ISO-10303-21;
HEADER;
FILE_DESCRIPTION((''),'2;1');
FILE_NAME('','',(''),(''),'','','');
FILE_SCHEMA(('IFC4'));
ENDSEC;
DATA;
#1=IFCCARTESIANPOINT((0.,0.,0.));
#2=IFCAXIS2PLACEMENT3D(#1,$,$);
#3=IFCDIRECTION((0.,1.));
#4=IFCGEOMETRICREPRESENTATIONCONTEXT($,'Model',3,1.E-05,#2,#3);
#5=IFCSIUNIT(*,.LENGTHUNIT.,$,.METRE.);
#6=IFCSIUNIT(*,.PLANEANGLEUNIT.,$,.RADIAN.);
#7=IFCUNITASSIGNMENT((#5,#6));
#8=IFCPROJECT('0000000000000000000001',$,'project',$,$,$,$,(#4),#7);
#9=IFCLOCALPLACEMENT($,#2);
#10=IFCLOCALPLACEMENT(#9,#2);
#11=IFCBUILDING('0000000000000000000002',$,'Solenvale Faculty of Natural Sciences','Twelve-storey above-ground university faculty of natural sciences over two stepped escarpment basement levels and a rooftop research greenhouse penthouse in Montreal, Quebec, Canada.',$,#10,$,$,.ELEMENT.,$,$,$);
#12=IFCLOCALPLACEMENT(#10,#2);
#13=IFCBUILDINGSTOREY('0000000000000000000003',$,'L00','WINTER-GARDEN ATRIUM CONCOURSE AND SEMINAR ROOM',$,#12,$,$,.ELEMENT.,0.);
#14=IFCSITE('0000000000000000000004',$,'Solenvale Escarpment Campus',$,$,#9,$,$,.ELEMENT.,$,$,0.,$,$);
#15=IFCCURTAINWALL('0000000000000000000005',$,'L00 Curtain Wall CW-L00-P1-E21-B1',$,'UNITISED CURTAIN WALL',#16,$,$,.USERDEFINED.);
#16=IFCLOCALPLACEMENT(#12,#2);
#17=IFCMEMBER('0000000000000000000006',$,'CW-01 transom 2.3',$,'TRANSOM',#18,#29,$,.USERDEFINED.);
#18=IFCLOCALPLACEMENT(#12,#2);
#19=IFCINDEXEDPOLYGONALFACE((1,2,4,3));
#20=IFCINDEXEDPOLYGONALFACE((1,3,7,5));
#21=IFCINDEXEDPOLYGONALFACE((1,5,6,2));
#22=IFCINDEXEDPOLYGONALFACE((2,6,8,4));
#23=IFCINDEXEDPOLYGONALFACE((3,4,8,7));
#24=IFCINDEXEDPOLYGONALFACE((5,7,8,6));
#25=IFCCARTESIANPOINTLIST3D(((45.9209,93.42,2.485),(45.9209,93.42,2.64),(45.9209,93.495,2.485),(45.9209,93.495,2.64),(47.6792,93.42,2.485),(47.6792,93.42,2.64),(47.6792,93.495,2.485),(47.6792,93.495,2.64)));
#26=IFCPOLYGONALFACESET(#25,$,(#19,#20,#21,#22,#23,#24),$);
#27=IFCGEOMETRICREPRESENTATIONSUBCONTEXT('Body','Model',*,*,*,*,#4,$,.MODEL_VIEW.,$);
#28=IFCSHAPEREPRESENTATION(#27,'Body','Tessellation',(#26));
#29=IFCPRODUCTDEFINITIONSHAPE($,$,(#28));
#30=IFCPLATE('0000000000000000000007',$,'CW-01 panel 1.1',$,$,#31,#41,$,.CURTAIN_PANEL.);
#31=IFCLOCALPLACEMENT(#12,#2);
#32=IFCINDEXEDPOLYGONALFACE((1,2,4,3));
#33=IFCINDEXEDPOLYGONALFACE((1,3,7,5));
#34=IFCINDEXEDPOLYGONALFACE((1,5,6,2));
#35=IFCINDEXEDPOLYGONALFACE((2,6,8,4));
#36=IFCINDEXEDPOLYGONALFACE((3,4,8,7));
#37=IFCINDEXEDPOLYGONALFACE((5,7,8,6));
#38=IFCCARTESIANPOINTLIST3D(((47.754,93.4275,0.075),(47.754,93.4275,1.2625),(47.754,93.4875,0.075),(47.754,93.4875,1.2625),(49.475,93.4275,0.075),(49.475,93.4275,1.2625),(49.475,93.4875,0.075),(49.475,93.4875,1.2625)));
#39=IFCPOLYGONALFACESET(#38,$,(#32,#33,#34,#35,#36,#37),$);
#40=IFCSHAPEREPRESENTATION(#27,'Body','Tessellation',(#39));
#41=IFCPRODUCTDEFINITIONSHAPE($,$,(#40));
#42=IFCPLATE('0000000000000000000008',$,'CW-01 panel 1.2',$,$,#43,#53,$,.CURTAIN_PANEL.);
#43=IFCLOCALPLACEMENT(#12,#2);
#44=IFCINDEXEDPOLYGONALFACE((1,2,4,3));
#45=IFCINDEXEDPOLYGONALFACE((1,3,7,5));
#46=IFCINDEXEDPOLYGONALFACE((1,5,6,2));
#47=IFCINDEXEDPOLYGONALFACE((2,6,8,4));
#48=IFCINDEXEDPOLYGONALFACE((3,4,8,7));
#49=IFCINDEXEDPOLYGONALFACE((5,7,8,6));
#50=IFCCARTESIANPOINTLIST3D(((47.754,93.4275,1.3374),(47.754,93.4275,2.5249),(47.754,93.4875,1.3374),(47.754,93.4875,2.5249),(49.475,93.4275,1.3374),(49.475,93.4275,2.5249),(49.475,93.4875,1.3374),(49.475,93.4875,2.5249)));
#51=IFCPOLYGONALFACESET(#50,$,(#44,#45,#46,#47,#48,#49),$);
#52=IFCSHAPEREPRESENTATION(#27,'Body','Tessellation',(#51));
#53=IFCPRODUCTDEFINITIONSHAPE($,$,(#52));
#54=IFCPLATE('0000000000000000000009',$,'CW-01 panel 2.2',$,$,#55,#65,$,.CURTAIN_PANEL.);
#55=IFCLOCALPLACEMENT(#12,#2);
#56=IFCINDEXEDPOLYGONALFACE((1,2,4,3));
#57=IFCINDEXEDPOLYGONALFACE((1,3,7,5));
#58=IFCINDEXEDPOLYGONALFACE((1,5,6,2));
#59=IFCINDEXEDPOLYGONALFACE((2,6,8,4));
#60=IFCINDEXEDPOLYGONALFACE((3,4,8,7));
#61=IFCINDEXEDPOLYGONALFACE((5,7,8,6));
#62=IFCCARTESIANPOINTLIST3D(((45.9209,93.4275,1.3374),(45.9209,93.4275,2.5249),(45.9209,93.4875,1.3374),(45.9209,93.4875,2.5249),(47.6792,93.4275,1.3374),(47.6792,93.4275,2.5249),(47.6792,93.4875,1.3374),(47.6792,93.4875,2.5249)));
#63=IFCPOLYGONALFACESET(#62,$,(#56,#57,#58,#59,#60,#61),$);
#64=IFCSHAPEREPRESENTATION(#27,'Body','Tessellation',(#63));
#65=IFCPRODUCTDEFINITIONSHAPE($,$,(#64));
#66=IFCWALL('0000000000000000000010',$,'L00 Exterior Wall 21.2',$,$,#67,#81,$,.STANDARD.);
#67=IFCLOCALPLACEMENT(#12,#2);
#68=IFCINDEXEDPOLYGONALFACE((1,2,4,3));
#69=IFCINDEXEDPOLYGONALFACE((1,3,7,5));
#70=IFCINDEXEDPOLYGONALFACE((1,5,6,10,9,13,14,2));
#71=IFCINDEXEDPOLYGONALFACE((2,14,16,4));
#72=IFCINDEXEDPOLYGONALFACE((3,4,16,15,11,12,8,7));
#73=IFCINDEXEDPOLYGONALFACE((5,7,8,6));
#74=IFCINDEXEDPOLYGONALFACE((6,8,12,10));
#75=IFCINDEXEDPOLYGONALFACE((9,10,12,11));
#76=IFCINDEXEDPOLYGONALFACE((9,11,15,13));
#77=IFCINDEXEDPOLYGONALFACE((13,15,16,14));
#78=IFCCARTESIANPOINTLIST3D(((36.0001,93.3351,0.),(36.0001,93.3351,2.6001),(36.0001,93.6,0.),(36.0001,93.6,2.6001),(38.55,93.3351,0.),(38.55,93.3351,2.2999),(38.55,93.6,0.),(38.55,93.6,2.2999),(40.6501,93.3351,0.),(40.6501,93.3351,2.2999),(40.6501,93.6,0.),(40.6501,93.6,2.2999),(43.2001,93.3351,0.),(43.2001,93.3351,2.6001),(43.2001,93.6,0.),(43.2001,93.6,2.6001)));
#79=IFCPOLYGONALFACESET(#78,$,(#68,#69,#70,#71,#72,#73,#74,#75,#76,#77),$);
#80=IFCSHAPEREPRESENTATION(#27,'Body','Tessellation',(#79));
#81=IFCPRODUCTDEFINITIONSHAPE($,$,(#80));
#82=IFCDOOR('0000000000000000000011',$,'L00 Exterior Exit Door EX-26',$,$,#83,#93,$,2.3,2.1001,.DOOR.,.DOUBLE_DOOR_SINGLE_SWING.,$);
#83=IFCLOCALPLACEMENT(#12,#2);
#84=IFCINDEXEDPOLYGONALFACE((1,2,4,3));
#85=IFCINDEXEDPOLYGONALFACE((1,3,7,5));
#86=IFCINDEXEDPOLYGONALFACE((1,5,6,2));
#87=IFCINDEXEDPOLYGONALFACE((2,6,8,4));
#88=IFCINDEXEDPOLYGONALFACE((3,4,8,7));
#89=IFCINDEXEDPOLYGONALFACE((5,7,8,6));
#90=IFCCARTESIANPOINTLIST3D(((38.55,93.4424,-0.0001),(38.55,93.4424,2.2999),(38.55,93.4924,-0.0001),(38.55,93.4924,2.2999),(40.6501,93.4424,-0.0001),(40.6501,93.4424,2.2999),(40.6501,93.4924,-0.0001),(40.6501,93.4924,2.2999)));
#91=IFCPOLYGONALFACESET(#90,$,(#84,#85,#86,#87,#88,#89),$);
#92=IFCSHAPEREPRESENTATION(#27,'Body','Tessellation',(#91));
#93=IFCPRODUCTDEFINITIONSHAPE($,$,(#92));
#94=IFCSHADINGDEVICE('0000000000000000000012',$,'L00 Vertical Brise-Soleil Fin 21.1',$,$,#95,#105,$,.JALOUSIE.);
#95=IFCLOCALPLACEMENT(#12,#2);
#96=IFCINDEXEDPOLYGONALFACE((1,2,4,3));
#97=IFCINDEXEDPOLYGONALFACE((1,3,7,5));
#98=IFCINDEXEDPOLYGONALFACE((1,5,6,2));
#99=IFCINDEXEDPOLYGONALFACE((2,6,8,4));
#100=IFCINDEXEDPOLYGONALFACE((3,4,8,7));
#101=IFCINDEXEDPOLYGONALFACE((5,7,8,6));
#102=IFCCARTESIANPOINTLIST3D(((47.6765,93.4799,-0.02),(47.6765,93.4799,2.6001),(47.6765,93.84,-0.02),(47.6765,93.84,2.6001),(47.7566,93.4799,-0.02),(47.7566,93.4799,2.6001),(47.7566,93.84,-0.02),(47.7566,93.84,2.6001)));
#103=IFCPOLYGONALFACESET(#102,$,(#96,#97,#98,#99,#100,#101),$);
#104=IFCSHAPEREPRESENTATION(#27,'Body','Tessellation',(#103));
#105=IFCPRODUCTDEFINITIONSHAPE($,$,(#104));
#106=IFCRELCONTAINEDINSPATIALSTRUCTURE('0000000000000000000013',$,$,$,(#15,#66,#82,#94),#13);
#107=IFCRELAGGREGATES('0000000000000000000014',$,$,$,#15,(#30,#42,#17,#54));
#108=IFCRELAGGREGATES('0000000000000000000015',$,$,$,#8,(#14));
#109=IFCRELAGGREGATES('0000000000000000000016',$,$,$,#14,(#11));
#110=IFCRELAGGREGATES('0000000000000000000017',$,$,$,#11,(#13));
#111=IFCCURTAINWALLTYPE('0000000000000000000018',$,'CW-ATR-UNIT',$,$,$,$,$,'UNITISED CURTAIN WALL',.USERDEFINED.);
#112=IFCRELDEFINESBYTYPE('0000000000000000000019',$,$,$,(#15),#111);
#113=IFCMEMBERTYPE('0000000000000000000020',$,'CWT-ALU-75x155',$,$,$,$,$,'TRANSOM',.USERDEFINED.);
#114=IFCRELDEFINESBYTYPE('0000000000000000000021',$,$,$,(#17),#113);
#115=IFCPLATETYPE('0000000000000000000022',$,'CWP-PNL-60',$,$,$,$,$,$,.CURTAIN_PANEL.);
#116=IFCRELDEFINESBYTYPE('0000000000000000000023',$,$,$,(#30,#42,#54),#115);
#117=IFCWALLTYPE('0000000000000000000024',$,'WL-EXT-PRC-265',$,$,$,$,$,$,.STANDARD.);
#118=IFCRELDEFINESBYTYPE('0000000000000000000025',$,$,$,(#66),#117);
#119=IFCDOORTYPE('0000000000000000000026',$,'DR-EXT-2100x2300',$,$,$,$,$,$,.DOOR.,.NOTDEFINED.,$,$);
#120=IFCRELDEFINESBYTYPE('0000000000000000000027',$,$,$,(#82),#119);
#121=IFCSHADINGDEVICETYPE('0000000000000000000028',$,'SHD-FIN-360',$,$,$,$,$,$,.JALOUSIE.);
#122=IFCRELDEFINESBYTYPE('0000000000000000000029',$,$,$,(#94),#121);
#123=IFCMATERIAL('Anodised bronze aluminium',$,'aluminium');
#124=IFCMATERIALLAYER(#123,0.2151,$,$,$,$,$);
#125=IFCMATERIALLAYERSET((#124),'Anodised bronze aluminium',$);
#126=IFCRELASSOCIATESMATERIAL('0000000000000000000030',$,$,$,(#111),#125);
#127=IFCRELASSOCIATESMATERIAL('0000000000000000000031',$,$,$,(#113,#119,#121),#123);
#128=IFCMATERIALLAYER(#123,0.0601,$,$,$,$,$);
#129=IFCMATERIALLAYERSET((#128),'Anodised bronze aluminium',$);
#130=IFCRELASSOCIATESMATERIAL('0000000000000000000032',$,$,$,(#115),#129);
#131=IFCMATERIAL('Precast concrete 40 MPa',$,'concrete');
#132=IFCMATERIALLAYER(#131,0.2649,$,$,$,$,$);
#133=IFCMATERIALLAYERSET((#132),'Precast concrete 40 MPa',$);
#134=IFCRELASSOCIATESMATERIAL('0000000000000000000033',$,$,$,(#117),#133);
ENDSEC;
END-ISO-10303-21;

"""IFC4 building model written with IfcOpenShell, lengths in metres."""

from ifc_helpers import new_model, si_unit, direction, frame, frame_2d, origin, origin_2d, place, context, subcontext, project, spatial, rectangle, extrude, material, layer, layer_set, material_profile, profile_set, type_object, element, fill, aggregate, save


model = new_model("IFC4")

# Units and contexts
model_context = context("Model", 3, precision=1e-05, world=origin(), true_north=direction((0.0, 1.0)))
body_context = subcontext(model_context, "Body", "Model", "MODEL_VIEW")
ifc_project = project(units=[si_unit("LENGTHUNIT", "METRE"), si_unit("PLANEANGLEUNIT", "RADIAN")], contexts=[model_context])

# Site, building, storey
site_placement = place(None, origin())
site = spatial("IfcSite", under=ifc_project, at=site_placement, Name="Solenvale Escarpment Campus", CompositionType="ELEMENT", RefElevation=0.0)
building_placement = place(site_placement, origin())
building = spatial("IfcBuilding", under=site, at=building_placement, Name="Solenvale Faculty of Natural Sciences", Description="Twelve-storey above-ground university faculty of natural sciences over two stepped escarpment basement levels and a rooftop research greenhouse penthouse in Montreal, Quebec, Canada.", CompositionType="ELEMENT")
storey_placement = place(building_placement, origin())
storey = spatial("IfcBuildingStorey", under=building, at=storey_placement, Name="L00", Description="WINTER-GARDEN ATRIUM CONCOURSE AND SEMINAR ROOM", CompositionType="ELEMENT", Elevation=0.0)

# Curtain wall, member, plates
ifc_material_1 = material(Name="Anodised bronze aluminium", Category="aluminium")
ifc_layer_1 = layer(ifc_material_1, 0.2151)
ifc_layer_set_1 = layer_set([ifc_layer_1], Name="Anodised bronze aluminium")
curtain_wall_type = type_object("IfcCurtainWallType", Name="CW-ATR-UNIT", ElementType="UNITISED CURTAIN WALL", PredefinedType="USERDEFINED", material=ifc_layer_set_1)
curtain_wall_placement = place(storey_placement, origin())
curtain_wall = element("IfcCurtainWall", 1, at=curtain_wall_placement, inside=storey, type_object=curtain_wall_type, Name="L00 Curtain Wall CW-L00-P1-E21-B1", ObjectType="UNITISED CURTAIN WALL", PredefinedType="USERDEFINED")
ifc_material_profile_1 = material_profile(ifc_material_1, rectangle(XDim=0.075, YDim=0.155, at=origin_2d()), Name="ALU-TRN-75x155")
ifc_profile_set_1 = profile_set([ifc_material_profile_1], Name="Anodised bronze aluminium")
member_type_1 = type_object("IfcMemberType", Name="CWT-ALU-75x155", ElementType="TRANSOM", PredefinedType="USERDEFINED", material=ifc_profile_set_1)
member_1_placement = place(storey_placement, frame((47.6792, 93.4575, 2.5625), z_axis=(-1.0, 0.0, 0.0), x_axis=(0.0, -1.0, 0.0)))
member_1 = element("IfcMember", 2, at=member_1_placement, type_object=member_type_1, Name="CW-01 transom 2.3", ObjectType="TRANSOM", PredefinedType="USERDEFINED", context=body_context, shape_type="SweptSolid", body=[
    extrude(rectangle(XDim=0.075, YDim=0.155, at=origin_2d()), origin(), (0.0, 0.0, 1.0), 1.7583),
])
ifc_layer_2 = layer(ifc_material_1, 0.0601)
ifc_layer_set_2 = layer_set([ifc_layer_2], Name="Anodised bronze aluminium")
plate_type = type_object("IfcPlateType", Name="CWP-PNL-60", PredefinedType="CURTAIN_PANEL", material=ifc_layer_set_2)
plate_1_placement = place(storey_placement, frame((48.6145, 93.4575, 0.075), z_axis=(0.0, 0.0, 1.0), x_axis=(-1.0, 0.0, 0.0)))
plate_1 = element("IfcPlate", 3, at=plate_1_placement, type_object=plate_type, Name="CW-01 panel 1.1", PredefinedType="CURTAIN_PANEL", context=body_context, shape_type="SweptSolid", body=[
    extrude(rectangle(XDim=1.7209, YDim=0.0601, at=origin_2d()), origin(), (0.0, 0.0, 1.0), 1.1875),
])
plate_2_placement = place(storey_placement, frame((48.6145, 93.4575, 1.3374), z_axis=(0.0, 0.0, 1.0), x_axis=(-1.0, 0.0, 0.0)))
plate_2 = element("IfcPlate", 4, at=plate_2_placement, type_object=plate_type, Name="CW-01 panel 1.2", PredefinedType="CURTAIN_PANEL", context=body_context, shape_type="SweptSolid", body=[
    extrude(rectangle(XDim=1.7209, YDim=0.0601, at=origin_2d()), origin(), (0.0, 0.0, 1.0), 1.1875),
])
plate_3_placement = place(storey_placement, frame((46.8, 93.4575, 1.3374), z_axis=(0.0, 0.0, 1.0), x_axis=(-1.0, 0.0, 0.0)))
plate_3 = element("IfcPlate", 5, at=plate_3_placement, type_object=plate_type, Name="CW-01 panel 2.2", PredefinedType="CURTAIN_PANEL", context=body_context, shape_type="SweptSolid", body=[
    extrude(rectangle(XDim=1.7583, YDim=0.0601, at=origin_2d()), origin(), (0.0, 0.0, 1.0), 1.1875),
])
aggregate(curtain_wall, [plate_1, plate_2, member_1, plate_3])

# Wall, opening, door
ifc_material_2 = material(Name="Precast concrete 40 MPa", Category="concrete")
ifc_layer_3 = layer(ifc_material_2, 0.2649)
ifc_layer_set_3 = layer_set([ifc_layer_3], Name="Precast concrete 40 MPa")
wall_type = type_object("IfcWallType", Name="WL-EXT-PRC-265", PredefinedType="STANDARD", material=ifc_layer_set_3)
wall_placement = place(storey_placement, frame((36.0, 93.4675, 0.0), z_axis=(0.0, 0.0, 1.0), x_axis=(1.0, 0.0, 0.0)))
wall = element("IfcWall", 6, at=wall_placement, inside=storey, type_object=wall_type, Name="L00 Exterior Wall 21.2", PredefinedType="STANDARD", context=body_context, shape_type="SweptSolid", body=[
    extrude(rectangle(XDim=7.2, YDim=0.2649, at=frame_2d((3.6001, 0.0))), origin(), (0.0, 0.0, 1.0), 2.6001),
])
opening_placement = place(wall_placement, frame((2.55, 0.0, 0.0)))
opening = element("IfcOpeningElement", 7, at=opening_placement, cuts=wall, PredefinedType="OPENING", context=body_context, shape_type="SweptSolid", body=[
    extrude(rectangle(XDim=2.1001, YDim=2.3, at=frame_2d((1.05, 1.1499))), frame((0.0, 0.1423, 0.0), z_axis=(0.0, -1.0, 0.0), x_axis=(1.0, 0.0, 0.0)), (0.0, 0.0, 1.0), 0.2849),
])
door_type = type_object("IfcDoorType", Name="DR-EXT-2100x2300", OperationType="NOTDEFINED", PredefinedType="DOOR", material=ifc_material_1)
door_placement = place(opening_placement, origin())
door = element("IfcDoor", 8, at=door_placement, inside=storey, type_object=door_type, Name="L00 Exterior Exit Door EX-26", OperationType="DOUBLE_DOOR_SINGLE_SWING", OverallHeight=2.3, OverallWidth=2.1001, PredefinedType="DOOR", context=body_context, shape_type="SweptSolid", body=[
    extrude(rectangle(XDim=2.1001, YDim=2.3, at=frame_2d((1.05, 1.1499))), frame((0.0, 0.0249, 0.0), z_axis=(0.0, -1.0, 0.0), x_axis=(1.0, 0.0, 0.0)), (0.0, 0.0, 1.0), 0.05),
])
fill(opening, door)

# Shading device
ifc_material_profile_2 = material_profile(ifc_material_1, rectangle(XDim=0.0801, YDim=0.3601, at=origin_2d()), Name="ALU-FIN-80x360")
ifc_profile_set_2 = profile_set([ifc_material_profile_2], Name="Anodised bronze aluminium")
shading_device_type = type_object("IfcShadingDeviceType", Name="SHD-FIN-360", PredefinedType="JALOUSIE", material=ifc_profile_set_2)
shading_device_placement = place(storey_placement, frame((47.7166, 93.6599, -0.02), z_axis=(0.0, 0.0, 1.0), x_axis=(1.0, 0.0, 0.0)))
element("IfcShadingDevice", 9, at=shading_device_placement, inside=storey, type_object=shading_device_type, Name="L00 Vertical Brise-Soleil Fin 21.1", PredefinedType="JALOUSIE", context=body_context, shape_type="SweptSolid", body=[
    extrude(rectangle(XDim=0.0801, YDim=0.3601, at=origin_2d()), origin(), (0.0, 0.0, 1.0), 2.6201),
])

save(model, "model.ifc")
